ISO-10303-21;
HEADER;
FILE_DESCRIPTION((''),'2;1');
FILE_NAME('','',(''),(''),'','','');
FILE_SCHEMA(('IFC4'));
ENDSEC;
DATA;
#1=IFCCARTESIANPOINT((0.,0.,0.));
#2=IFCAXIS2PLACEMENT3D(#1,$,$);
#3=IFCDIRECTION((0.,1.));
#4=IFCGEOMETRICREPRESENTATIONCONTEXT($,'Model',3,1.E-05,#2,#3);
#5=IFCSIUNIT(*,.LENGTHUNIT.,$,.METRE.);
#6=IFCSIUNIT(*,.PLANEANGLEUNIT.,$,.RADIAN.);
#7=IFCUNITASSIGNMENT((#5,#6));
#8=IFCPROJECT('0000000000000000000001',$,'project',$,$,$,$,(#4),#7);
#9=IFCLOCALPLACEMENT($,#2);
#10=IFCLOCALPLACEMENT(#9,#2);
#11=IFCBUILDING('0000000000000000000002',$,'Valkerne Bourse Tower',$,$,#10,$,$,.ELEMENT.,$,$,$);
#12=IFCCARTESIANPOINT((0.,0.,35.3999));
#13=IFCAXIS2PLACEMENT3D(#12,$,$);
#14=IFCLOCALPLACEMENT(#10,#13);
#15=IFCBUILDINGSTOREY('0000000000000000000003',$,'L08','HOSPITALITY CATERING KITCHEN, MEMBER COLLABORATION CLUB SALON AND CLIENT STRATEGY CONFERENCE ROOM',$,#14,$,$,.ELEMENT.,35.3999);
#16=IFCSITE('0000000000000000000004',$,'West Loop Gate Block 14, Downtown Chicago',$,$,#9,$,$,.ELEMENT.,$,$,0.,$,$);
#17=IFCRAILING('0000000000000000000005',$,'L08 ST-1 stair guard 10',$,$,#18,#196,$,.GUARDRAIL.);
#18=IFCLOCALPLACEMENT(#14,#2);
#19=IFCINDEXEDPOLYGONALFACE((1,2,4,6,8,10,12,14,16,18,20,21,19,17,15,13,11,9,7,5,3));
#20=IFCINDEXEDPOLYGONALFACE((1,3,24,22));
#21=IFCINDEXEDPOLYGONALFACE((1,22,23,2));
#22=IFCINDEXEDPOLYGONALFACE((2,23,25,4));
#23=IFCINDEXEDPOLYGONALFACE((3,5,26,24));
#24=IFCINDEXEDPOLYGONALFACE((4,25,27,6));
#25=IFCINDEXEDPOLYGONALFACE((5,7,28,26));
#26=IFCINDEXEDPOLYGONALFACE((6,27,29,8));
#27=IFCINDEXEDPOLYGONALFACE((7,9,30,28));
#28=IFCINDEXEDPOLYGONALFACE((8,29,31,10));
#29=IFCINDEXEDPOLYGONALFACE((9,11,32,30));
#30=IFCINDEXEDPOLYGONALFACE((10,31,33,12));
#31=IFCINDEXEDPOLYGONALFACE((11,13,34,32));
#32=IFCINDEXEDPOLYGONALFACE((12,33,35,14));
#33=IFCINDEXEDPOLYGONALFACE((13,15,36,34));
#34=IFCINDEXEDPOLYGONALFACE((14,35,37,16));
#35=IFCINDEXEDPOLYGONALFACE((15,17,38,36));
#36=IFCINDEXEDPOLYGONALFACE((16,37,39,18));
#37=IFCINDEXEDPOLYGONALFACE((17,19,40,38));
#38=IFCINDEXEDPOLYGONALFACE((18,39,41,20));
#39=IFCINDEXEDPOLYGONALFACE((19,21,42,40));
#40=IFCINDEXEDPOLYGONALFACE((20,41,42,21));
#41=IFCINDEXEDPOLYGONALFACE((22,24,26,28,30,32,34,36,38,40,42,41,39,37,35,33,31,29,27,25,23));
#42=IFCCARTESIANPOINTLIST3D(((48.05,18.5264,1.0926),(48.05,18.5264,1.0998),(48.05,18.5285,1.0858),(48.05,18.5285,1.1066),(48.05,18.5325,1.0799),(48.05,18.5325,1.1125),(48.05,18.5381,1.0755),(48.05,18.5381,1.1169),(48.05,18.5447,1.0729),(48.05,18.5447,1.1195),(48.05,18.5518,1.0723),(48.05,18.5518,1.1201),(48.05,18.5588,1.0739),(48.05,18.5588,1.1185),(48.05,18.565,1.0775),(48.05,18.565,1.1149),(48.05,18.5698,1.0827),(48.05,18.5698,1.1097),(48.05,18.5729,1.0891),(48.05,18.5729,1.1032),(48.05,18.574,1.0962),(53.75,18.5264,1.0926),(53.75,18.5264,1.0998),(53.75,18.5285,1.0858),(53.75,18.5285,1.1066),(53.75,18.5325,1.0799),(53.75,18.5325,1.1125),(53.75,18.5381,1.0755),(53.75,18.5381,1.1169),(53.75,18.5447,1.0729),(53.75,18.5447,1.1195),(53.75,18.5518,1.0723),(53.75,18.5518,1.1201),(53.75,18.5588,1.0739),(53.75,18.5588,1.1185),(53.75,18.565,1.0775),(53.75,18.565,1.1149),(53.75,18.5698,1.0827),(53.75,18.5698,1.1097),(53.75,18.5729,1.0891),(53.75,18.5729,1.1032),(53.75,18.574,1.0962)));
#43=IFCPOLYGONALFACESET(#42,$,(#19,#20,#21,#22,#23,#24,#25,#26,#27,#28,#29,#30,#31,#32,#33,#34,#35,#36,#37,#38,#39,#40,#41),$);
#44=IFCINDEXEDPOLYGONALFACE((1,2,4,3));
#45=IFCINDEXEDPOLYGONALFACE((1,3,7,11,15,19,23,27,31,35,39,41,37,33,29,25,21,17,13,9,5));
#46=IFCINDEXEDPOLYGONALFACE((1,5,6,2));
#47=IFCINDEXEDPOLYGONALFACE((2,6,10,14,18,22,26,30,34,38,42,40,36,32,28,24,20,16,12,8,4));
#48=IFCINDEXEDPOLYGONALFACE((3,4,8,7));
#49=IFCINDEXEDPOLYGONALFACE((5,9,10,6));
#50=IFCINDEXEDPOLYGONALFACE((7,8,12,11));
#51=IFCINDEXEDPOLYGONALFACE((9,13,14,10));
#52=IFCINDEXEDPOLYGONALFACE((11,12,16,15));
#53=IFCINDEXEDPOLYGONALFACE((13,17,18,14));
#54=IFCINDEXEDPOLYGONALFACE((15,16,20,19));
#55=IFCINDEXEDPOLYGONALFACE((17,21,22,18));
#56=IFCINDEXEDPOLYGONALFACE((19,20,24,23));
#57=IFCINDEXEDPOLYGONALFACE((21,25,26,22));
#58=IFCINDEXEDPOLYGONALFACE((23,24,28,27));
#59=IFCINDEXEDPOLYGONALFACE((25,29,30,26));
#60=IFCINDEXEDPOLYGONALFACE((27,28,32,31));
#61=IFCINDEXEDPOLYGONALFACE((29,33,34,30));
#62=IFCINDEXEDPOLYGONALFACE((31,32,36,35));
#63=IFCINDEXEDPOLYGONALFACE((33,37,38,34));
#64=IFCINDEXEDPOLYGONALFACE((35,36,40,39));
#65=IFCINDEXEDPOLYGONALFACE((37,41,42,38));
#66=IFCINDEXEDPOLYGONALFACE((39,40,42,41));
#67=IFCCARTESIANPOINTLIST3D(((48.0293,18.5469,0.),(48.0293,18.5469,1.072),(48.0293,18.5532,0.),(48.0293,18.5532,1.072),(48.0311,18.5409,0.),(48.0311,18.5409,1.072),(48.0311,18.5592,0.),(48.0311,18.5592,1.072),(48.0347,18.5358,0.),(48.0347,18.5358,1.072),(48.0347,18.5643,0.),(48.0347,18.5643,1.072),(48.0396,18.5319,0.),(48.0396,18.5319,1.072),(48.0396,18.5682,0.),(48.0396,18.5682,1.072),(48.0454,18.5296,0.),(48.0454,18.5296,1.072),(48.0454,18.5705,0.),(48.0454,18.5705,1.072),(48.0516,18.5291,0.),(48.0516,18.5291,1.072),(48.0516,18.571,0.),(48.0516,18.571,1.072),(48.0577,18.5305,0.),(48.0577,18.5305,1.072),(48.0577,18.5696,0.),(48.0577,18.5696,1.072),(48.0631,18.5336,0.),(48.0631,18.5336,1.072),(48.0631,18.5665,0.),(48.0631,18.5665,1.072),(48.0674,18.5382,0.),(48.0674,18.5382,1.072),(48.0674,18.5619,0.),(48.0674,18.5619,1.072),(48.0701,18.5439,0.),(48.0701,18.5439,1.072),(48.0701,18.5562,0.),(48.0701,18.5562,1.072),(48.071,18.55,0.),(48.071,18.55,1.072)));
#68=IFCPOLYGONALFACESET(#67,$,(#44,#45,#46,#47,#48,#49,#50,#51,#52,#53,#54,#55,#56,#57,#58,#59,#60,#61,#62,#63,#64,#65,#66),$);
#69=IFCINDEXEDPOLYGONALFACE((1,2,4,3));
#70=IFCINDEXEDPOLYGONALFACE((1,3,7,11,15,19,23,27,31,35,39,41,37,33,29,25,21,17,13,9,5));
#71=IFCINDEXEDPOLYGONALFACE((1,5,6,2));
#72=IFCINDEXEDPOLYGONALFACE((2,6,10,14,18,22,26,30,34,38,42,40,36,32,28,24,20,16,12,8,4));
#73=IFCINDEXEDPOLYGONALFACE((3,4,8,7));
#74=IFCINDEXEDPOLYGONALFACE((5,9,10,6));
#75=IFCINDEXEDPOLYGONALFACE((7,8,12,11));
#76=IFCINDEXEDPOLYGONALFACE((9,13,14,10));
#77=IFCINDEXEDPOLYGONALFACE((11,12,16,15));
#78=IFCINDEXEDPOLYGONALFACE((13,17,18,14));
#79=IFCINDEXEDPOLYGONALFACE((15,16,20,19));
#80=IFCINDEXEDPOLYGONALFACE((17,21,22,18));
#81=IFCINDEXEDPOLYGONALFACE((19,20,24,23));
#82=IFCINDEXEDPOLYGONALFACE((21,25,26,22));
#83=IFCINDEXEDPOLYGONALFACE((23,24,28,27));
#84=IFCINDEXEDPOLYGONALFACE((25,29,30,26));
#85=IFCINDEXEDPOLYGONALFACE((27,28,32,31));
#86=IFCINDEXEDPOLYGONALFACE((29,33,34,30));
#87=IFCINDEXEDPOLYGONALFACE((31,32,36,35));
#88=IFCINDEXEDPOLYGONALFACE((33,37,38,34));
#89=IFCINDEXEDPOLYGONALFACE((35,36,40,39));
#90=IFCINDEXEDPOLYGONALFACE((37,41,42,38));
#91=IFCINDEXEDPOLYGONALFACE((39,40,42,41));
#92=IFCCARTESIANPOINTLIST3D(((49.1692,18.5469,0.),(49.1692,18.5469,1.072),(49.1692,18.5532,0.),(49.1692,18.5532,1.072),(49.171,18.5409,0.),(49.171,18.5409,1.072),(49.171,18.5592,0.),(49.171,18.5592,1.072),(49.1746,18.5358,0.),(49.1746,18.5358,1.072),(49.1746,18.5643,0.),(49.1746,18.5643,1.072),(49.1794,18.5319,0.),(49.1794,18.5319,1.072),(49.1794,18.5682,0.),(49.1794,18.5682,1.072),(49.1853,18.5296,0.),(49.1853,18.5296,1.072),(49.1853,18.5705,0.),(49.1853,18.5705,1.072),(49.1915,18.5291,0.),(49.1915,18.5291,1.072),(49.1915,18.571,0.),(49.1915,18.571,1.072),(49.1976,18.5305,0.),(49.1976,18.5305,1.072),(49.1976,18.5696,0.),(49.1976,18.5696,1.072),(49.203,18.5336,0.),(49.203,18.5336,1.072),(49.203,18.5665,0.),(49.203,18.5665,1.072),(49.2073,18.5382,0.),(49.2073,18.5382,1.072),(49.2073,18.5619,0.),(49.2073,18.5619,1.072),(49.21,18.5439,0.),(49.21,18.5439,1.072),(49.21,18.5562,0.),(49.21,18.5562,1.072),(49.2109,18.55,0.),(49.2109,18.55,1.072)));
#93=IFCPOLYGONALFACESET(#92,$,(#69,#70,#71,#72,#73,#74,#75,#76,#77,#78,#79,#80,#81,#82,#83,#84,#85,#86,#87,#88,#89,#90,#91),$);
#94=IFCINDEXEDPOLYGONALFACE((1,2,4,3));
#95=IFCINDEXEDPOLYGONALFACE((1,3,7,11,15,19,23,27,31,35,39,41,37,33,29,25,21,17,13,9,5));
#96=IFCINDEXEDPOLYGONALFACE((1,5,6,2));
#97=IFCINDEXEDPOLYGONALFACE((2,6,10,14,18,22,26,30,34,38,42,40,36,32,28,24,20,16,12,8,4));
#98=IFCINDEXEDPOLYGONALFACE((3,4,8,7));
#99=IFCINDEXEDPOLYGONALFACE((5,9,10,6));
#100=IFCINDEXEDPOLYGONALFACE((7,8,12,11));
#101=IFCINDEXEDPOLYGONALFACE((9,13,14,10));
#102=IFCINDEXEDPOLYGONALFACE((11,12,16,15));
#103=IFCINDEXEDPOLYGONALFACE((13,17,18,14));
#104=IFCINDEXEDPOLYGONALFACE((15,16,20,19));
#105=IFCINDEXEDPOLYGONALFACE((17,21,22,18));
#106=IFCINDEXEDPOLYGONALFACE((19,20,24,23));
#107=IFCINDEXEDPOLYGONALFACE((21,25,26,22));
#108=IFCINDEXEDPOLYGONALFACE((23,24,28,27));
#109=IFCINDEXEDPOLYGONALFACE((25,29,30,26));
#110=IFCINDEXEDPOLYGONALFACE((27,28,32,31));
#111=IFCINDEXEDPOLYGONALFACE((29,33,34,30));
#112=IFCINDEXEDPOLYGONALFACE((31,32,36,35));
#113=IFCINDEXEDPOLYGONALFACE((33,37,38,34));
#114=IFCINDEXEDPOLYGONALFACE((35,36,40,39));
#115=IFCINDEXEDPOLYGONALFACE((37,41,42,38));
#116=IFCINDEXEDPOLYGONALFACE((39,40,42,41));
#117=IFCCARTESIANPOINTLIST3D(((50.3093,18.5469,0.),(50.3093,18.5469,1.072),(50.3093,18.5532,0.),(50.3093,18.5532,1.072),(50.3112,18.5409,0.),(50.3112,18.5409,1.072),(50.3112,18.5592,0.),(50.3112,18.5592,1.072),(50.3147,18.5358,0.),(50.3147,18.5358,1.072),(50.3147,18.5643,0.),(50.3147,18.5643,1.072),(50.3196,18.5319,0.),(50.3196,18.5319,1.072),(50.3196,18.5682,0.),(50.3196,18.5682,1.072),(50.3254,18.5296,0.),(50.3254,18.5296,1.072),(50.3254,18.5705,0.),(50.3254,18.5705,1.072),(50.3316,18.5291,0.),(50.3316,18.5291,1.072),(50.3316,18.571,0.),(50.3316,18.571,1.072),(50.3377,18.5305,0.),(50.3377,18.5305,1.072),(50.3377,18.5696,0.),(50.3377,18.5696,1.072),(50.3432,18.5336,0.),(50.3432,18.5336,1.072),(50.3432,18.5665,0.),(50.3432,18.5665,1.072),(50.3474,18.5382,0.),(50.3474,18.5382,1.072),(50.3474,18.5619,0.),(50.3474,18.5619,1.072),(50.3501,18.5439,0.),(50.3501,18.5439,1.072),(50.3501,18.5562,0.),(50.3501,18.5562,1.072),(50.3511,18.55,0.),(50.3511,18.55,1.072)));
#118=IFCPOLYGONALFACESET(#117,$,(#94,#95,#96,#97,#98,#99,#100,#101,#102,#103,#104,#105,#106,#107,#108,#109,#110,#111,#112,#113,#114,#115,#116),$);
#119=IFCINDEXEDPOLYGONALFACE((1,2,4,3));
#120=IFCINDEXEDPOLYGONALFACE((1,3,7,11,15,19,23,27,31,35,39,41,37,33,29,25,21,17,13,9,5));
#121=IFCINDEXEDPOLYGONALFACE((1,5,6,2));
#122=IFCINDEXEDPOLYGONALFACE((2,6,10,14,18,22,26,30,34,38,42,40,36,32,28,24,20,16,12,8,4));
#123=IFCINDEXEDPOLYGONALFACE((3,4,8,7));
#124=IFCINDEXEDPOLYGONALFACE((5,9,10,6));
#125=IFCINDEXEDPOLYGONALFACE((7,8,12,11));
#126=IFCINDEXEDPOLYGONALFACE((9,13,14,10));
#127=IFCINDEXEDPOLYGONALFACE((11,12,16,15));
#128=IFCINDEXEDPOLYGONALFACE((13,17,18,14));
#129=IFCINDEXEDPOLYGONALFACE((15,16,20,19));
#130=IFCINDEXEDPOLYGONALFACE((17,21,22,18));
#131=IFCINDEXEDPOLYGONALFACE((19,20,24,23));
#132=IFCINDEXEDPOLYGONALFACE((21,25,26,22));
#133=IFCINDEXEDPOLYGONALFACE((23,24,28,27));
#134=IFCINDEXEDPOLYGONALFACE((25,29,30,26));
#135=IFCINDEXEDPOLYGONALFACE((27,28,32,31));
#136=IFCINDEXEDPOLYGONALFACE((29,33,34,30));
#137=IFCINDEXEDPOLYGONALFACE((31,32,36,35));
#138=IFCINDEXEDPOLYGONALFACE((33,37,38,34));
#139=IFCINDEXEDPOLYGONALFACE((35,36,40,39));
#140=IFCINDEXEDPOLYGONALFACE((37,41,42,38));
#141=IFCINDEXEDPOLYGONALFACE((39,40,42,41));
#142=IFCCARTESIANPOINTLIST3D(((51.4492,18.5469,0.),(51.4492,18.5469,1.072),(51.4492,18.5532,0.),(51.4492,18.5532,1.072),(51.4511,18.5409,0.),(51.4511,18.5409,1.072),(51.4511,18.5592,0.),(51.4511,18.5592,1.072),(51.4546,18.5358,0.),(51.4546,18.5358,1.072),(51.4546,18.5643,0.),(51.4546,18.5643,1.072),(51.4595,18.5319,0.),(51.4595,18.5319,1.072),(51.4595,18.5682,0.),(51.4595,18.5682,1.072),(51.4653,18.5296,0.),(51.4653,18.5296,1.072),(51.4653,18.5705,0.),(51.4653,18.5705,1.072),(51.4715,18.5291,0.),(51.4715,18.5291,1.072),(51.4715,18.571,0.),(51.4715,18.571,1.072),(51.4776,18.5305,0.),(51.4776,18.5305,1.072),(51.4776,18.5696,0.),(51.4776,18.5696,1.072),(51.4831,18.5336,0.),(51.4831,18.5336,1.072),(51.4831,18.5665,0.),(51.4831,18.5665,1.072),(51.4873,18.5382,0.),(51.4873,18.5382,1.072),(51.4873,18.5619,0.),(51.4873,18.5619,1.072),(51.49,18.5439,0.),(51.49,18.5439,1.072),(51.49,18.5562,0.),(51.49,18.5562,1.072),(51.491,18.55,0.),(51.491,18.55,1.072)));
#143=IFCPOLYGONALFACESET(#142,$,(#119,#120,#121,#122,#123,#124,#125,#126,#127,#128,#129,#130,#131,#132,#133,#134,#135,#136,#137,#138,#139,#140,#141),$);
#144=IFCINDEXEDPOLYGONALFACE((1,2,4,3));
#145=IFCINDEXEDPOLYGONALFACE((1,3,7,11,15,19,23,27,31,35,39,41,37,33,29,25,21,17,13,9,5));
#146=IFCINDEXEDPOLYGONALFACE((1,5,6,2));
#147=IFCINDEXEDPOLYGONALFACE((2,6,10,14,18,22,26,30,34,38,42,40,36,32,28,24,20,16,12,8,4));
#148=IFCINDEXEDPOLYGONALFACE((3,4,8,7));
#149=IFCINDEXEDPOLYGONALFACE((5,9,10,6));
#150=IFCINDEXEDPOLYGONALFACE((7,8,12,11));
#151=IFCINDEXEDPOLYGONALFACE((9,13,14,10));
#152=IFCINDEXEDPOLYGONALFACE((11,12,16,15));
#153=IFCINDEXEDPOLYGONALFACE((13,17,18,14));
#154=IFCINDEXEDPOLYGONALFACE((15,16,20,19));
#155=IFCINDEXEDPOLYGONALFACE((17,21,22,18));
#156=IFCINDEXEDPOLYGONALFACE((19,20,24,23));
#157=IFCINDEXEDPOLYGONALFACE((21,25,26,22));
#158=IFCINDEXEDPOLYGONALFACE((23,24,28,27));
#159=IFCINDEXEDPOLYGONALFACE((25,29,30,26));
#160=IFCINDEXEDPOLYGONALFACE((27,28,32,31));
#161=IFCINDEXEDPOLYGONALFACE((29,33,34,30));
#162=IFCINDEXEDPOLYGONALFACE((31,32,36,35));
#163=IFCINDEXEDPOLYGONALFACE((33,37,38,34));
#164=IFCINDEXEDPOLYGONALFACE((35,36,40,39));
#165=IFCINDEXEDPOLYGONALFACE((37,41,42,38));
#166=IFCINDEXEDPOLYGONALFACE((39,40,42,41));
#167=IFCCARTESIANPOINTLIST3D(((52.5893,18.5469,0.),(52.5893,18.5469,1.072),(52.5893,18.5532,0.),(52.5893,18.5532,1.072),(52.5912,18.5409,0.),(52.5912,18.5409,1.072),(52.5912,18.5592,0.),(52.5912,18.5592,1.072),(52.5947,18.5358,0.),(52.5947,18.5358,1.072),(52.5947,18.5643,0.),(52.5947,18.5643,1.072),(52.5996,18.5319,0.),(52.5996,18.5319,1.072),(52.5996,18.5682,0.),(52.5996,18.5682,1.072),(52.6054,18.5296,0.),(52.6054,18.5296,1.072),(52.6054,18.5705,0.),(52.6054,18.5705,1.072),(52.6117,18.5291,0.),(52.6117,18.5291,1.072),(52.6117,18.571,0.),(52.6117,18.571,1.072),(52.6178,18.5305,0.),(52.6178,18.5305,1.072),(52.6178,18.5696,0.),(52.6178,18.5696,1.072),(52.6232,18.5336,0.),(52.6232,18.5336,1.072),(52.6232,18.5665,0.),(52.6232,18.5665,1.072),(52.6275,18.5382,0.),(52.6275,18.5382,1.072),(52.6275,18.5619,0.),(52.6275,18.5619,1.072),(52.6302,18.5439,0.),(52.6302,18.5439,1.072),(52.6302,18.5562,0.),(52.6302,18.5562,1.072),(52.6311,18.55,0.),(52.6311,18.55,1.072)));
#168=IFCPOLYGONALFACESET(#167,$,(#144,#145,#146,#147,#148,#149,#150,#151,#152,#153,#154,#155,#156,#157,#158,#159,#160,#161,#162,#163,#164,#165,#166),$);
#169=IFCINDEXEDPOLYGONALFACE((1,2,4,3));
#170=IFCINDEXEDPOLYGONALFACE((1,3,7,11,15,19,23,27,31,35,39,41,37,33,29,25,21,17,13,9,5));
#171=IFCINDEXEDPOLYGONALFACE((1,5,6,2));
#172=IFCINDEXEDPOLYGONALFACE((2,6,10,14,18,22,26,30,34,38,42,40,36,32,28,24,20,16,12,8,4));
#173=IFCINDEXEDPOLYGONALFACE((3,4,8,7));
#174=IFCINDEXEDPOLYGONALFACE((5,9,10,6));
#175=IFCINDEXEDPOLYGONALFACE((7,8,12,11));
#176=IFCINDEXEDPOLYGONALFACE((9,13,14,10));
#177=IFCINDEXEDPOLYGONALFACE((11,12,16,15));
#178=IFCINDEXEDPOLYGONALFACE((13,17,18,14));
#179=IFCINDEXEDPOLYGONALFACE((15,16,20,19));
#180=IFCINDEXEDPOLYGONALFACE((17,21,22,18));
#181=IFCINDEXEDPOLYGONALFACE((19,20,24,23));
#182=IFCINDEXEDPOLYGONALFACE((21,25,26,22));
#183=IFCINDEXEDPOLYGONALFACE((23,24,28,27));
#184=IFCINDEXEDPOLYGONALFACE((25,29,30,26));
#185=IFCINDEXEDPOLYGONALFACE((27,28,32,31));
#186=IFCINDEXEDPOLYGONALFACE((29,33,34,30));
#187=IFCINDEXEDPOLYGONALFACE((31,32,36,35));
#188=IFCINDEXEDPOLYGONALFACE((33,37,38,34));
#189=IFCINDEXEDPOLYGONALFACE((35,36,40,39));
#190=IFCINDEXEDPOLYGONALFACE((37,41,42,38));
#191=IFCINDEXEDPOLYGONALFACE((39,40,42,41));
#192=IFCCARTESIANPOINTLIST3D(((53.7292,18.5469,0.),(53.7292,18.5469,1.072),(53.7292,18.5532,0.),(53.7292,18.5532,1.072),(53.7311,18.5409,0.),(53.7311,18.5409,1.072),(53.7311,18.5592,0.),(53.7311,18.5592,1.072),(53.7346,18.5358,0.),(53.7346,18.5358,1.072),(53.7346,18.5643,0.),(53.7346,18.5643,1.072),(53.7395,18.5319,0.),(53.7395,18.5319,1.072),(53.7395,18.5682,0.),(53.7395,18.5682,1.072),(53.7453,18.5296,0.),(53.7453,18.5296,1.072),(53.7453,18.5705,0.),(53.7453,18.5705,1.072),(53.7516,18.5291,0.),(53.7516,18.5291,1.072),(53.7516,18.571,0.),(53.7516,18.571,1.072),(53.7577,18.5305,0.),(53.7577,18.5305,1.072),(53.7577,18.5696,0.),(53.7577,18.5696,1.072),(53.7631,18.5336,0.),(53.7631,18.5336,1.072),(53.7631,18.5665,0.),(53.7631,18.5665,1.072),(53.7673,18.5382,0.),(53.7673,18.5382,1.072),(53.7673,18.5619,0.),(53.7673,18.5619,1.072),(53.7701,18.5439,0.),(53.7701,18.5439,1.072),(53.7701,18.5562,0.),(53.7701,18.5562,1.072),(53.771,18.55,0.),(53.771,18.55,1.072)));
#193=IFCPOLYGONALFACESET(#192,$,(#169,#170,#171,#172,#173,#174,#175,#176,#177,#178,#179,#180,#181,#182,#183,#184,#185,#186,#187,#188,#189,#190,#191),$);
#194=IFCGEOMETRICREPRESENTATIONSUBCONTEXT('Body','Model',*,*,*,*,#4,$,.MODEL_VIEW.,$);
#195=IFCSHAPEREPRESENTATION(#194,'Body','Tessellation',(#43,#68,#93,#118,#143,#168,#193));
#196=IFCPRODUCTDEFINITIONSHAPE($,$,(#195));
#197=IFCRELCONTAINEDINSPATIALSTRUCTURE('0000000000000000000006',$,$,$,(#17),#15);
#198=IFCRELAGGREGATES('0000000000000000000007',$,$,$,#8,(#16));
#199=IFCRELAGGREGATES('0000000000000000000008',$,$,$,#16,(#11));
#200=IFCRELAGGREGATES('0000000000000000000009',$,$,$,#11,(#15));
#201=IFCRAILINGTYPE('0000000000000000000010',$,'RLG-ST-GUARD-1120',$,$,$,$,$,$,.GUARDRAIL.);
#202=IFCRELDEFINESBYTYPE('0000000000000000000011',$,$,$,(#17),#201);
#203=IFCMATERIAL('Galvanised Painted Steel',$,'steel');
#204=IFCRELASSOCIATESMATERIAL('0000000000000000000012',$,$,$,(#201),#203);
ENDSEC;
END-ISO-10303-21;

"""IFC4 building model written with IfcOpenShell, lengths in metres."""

from ifc_helpers import new_model, si_unit, direction, frame, origin, origin_2d, place, context, subcontext, project, spatial, circle, extrude, material, type_object, element, save


model = new_model("IFC4")

# Units and contexts
model_context = context("Model", 3, precision=1e-05, world=origin(), true_north=direction((0.0, 1.0)))
body_context = subcontext(model_context, "Body", "Model", "MODEL_VIEW")
ifc_project = project(units=[si_unit("LENGTHUNIT", "METRE"), si_unit("PLANEANGLEUNIT", "RADIAN")], contexts=[model_context])

# Site, building, storey
site_placement = place(None, origin())
site = spatial("IfcSite", under=ifc_project, at=site_placement, Name="West Loop Gate Block 14, Downtown Chicago", CompositionType="ELEMENT", RefElevation=0.0)
building_placement = place(site_placement, origin())
building = spatial("IfcBuilding", under=site, at=building_placement, Name="Valkerne Bourse Tower", CompositionType="ELEMENT")
storey_placement = place(building_placement, frame((0.0, 0.0, 35.3999)))
storey = spatial("IfcBuildingStorey", under=building, at=storey_placement, Name="L08", Description="HOSPITALITY CATERING KITCHEN, MEMBER COLLABORATION CLUB SALON AND CLIENT STRATEGY CONFERENCE ROOM", CompositionType="ELEMENT", Elevation=35.3999)

# Shared definitions
ifc_material_1 = material(Name="Galvanised Painted Steel", Category="steel")

# Railing
railing_type_1 = type_object("IfcRailingType", Name="RLG-ST-GUARD-1120", PredefinedType="GUARDRAIL", material=ifc_material_1)
for number, where, name in (
    (1, (48.05, 18.55, 0.0), "L08 ST-1 stair guard 10"),
):
    element("IfcRailing", number, at=place(storey_placement, frame(where)), inside=storey, type_object=railing_type_1, Name=name, PredefinedType="GUARDRAIL", context=body_context, shape_type="SweptSolid", body=[
        extrude(circle(Radius=0.0239, at=origin_2d()), frame((0.0, 0.0, 1.0962), z_axis=(1.0, 0.0, 0.0), x_axis=(0.0, 1.0, 0.0)), (0.0, 0.0, 1.0), 5.7),
        extrude(circle(Radius=0.021, at=origin_2d()), origin(), (0.0, 0.0, 1.0), 1.072),
        extrude(circle(Radius=0.021, at=origin_2d()), frame((1.1399, 0.0, 0.0)), (0.0, 0.0, 1.0), 1.072),
        extrude(circle(Radius=0.021, at=origin_2d()), frame((2.28, 0.0, 0.0)), (0.0, 0.0, 1.0), 1.072),
        extrude(circle(Radius=0.021, at=origin_2d()), frame((3.4199, 0.0, 0.0)), (0.0, 0.0, 1.0), 1.072),
        extrude(circle(Radius=0.021, at=origin_2d()), frame((4.5601, 0.0, 0.0)), (0.0, 0.0, 1.0), 1.072),
        extrude(circle(Radius=0.021, at=origin_2d()), frame((5.7, 0.0, 0.0)), (0.0, 0.0, 1.0), 1.072),
    ])

save(model, "model.ifc")
